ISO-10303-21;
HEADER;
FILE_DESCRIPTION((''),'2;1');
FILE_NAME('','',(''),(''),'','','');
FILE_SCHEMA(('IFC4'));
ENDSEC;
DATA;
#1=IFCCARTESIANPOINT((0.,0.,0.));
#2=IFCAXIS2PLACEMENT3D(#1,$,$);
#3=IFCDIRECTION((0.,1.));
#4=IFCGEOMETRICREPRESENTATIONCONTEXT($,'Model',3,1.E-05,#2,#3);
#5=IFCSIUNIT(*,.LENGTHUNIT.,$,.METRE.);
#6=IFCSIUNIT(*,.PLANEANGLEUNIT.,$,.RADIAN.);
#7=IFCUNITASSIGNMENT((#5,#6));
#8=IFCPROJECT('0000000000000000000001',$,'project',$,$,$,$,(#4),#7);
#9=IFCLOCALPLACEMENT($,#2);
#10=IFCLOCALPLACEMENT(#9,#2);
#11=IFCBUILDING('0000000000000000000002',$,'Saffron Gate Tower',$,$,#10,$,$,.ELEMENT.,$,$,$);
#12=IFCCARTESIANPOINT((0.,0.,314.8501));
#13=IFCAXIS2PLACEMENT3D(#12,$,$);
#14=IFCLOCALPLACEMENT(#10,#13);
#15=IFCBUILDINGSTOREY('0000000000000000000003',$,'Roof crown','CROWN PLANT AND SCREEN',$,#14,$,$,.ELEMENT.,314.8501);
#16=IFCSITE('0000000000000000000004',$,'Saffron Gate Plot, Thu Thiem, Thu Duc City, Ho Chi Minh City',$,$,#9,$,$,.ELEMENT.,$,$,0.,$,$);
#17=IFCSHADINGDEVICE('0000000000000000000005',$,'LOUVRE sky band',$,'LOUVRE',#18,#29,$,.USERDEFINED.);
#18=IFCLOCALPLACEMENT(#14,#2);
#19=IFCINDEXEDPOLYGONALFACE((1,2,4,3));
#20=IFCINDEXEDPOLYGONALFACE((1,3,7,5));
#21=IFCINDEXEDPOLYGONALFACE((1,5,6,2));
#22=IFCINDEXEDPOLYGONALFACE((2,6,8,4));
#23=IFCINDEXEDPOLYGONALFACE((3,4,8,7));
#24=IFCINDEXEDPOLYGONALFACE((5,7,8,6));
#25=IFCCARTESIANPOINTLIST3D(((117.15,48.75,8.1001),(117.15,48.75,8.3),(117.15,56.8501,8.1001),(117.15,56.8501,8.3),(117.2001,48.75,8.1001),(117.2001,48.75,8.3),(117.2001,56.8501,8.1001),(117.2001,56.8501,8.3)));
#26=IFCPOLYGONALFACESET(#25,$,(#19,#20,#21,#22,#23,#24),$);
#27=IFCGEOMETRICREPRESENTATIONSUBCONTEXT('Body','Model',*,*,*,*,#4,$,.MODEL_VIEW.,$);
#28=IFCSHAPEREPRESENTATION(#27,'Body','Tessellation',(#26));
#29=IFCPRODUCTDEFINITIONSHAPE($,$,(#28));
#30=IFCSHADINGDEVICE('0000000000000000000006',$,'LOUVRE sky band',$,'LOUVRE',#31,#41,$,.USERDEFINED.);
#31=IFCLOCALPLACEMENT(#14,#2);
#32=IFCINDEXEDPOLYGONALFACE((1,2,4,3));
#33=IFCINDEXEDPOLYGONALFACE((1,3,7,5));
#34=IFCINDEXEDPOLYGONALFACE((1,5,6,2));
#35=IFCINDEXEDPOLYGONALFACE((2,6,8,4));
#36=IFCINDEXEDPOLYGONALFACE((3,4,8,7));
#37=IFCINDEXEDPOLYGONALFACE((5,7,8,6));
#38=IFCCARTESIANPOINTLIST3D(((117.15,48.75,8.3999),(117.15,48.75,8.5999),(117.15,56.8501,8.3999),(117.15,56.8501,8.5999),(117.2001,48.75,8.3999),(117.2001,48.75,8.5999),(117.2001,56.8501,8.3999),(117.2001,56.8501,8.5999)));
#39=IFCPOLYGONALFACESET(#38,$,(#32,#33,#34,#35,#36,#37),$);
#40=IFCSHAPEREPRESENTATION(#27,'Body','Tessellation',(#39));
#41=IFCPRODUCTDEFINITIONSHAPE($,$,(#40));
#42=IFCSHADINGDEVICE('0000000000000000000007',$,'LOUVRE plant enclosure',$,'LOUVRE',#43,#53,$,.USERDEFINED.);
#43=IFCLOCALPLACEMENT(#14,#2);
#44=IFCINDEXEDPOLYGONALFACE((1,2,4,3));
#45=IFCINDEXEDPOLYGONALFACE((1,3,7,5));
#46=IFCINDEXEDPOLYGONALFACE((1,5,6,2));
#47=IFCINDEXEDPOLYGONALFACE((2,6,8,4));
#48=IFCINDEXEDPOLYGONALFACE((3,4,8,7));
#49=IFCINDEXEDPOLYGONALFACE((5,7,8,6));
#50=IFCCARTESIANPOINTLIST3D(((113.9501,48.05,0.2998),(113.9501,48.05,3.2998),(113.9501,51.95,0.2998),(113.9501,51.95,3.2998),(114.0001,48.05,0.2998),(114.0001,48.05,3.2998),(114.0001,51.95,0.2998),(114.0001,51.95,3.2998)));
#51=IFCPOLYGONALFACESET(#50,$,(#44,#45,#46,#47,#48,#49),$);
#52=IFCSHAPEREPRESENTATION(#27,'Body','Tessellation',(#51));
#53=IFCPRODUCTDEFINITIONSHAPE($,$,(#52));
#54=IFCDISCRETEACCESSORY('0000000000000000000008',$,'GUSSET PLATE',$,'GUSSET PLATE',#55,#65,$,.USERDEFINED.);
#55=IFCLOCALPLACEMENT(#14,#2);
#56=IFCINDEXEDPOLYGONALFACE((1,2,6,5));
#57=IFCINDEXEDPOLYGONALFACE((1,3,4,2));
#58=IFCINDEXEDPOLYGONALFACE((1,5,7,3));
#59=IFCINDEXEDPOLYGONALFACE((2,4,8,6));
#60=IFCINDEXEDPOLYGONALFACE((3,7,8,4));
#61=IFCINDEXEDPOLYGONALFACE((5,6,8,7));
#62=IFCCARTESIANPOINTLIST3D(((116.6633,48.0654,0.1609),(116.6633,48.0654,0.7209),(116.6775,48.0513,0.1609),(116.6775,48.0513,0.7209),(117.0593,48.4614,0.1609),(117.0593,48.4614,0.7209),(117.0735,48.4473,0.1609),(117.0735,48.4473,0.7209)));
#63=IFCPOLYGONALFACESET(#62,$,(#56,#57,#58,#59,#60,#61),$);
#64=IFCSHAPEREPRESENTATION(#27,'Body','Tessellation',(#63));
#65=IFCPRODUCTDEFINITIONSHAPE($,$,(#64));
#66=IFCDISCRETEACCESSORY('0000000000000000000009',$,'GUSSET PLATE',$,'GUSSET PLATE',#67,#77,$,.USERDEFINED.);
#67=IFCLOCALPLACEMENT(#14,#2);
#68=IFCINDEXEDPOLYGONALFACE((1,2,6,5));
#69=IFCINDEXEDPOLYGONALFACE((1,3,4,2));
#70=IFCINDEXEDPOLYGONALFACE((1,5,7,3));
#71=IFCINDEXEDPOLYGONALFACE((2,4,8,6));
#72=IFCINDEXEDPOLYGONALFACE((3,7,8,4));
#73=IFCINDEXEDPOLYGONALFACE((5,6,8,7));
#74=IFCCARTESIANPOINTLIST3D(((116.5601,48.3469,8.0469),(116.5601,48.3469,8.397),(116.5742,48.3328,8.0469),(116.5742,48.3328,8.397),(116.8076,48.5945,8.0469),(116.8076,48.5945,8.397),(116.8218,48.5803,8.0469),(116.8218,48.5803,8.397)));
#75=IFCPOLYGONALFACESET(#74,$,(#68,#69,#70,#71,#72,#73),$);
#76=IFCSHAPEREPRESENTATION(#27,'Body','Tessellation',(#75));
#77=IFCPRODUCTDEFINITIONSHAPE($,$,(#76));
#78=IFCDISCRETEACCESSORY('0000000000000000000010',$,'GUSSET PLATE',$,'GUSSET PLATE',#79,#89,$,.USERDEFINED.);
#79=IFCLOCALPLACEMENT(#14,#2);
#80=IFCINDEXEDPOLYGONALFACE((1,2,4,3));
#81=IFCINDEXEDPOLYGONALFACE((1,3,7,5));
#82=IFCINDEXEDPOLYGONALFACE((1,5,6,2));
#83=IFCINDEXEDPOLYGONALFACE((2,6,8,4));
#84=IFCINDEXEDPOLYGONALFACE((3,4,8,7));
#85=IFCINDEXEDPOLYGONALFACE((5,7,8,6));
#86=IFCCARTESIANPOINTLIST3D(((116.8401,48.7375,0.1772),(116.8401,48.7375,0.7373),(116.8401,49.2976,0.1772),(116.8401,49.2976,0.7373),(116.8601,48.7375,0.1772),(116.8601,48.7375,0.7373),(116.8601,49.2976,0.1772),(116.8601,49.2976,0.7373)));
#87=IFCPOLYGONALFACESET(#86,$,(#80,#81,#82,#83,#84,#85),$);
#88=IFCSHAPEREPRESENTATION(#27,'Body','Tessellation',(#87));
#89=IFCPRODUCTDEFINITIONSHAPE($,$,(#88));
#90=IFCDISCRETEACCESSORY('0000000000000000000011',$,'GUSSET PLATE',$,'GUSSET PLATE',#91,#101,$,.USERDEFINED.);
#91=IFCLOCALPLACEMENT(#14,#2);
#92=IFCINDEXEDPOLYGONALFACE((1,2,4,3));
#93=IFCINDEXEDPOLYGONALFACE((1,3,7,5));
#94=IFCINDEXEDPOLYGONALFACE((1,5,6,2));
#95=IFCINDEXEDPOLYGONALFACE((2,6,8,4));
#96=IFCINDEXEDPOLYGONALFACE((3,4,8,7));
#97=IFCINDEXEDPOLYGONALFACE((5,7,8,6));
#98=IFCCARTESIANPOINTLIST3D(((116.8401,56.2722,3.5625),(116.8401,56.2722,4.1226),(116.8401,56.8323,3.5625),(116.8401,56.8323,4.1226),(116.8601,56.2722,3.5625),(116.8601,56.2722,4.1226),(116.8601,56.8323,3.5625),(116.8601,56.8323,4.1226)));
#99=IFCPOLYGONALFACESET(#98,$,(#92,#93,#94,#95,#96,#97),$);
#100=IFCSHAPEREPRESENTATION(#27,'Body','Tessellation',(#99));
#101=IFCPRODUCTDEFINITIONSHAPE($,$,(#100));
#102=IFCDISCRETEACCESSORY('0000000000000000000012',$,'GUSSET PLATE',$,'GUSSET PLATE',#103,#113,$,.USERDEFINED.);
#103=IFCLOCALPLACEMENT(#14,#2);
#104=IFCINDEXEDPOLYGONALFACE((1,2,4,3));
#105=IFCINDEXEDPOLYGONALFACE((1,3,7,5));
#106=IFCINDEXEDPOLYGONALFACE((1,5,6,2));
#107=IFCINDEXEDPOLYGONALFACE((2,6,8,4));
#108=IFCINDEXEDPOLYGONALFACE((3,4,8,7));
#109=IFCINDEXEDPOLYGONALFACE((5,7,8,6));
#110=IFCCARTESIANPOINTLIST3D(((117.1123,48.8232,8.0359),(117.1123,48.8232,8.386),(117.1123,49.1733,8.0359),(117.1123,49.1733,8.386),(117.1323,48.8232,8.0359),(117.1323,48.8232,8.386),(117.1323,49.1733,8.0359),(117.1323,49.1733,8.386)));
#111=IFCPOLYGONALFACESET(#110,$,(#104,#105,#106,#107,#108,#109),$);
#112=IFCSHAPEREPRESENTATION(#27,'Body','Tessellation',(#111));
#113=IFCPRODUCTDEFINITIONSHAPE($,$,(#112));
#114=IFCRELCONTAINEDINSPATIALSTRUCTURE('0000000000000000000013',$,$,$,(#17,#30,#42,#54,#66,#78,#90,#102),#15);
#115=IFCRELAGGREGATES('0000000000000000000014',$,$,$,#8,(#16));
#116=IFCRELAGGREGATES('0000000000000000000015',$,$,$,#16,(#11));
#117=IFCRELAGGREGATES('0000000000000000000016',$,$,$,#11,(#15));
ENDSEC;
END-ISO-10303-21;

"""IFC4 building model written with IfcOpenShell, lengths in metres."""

from ifc_helpers import new_model, si_unit, direction, frame, origin, origin_2d, place, context, subcontext, project, spatial, rectangle, extrude, element, save


model = new_model("IFC4")

# Units and contexts
model_context = context("Model", 3, precision=1e-05, world=origin(), true_north=direction((0.0, 1.0)))
body_context = subcontext(model_context, "Body", "Model", "MODEL_VIEW")
ifc_project = project(units=[si_unit("LENGTHUNIT", "METRE"), si_unit("PLANEANGLEUNIT", "RADIAN")], contexts=[model_context])

# Site, building, storey
site_placement = place(None, origin())
site = spatial("IfcSite", under=ifc_project, at=site_placement, Name="Saffron Gate Plot, Thu Thiem, Thu Duc City, Ho Chi Minh City", CompositionType="ELEMENT", RefElevation=0.0)
building_placement = place(site_placement, origin())
building = spatial("IfcBuilding", under=site, at=building_placement, Name="Saffron Gate Tower", CompositionType="ELEMENT")
storey_placement = place(building_placement, frame((0.0, 0.0, 314.8501)))
storey = spatial("IfcBuildingStorey", under=building, at=storey_placement, Name="Roof crown", Description="CROWN PLANT AND SCREEN", CompositionType="ELEMENT", Elevation=314.8501)

# Shading devices
for number, where, z_axis, x_axis, name in (
    (1, (117.175, 52.8, 8.1001), (0.0, 0.0, 1.0), (0.0, 1.0, 0.0), "LOUVRE sky band"),
    (2, (117.175, 52.8, 8.3999), (0.0, 0.0, 1.0), (0.0, 1.0, 0.0), "LOUVRE sky band"),
):
    element("IfcShadingDevice", number, at=place(storey_placement, frame(where, z_axis=z_axis, x_axis=x_axis)), inside=storey, Name=name, ObjectType="LOUVRE", PredefinedType="USERDEFINED", context=body_context, shape_type="SweptSolid", body=[
        extrude(rectangle(XDim=8.1001, YDim=0.05, at=origin_2d()), origin(), (0.0, 0.0, 1.0), 0.2),
    ])
shading_device_placement = place(storey_placement, frame((113.9751, 50.0, 0.2998), z_axis=(0.0, 0.0, 1.0), x_axis=(1.0, 0.0, 0.0)))
element("IfcShadingDevice", 3, at=shading_device_placement, inside=storey, Name="LOUVRE plant enclosure", ObjectType="LOUVRE", PredefinedType="USERDEFINED", context=body_context, shape_type="SweptSolid", body=[
    extrude(rectangle(XDim=0.05, YDim=3.8999, at=origin_2d()), origin(), (0.0, 0.0, 1.0), 3.0),
])

# Discrete accessories
discrete_accessory_1_placement = place(storey_placement, frame((116.8684, 48.2563, 0.1609), z_axis=(0.0, 0.0, 1.0), x_axis=(-0.707107, -0.707107, 0.0)))
element("IfcDiscreteAccessory", 4, at=discrete_accessory_1_placement, inside=storey, Name="GUSSET PLATE", ObjectType="GUSSET PLATE", PredefinedType="USERDEFINED", context=body_context, shape_type="SweptSolid", body=[
    extrude(rectangle(XDim=0.5601, YDim=0.02, at=origin_2d()), origin(), (0.0, 0.0, 1.0), 0.5601),
])
discrete_accessory_2_placement = place(storey_placement, frame((116.6909, 48.4636, 8.0469), z_axis=(0.0, 0.0, 1.0), x_axis=(0.707107, 0.707107, 0.0)))
element("IfcDiscreteAccessory", 5, at=discrete_accessory_2_placement, inside=storey, Name="GUSSET PLATE", ObjectType="GUSSET PLATE", PredefinedType="USERDEFINED", context=body_context, shape_type="SweptSolid", body=[
    extrude(rectangle(XDim=0.3501, YDim=0.02, at=origin_2d()), origin(), (0.0, 0.0, 1.0), 0.3501),
])
for number, where, z_axis, x_axis, name in (
    (6, (116.8501, 49.0176, 0.1772), (0.0, 0.0, 1.0), (0.0, 1.0, 0.0), "GUSSET PLATE"),
    (7, (116.8501, 56.5522, 3.5625), (0.0, 0.0, 1.0), (0.0, 1.0, 0.0), "GUSSET PLATE"),
):
    element("IfcDiscreteAccessory", number, at=place(storey_placement, frame(where, z_axis=z_axis, x_axis=x_axis)), inside=storey, Name=name, ObjectType="GUSSET PLATE", PredefinedType="USERDEFINED", context=body_context, shape_type="SweptSolid", body=[
        extrude(rectangle(XDim=0.5601, YDim=0.02, at=origin_2d()), origin(), (0.0, 0.0, 1.0), 0.5601),
    ])
discrete_accessory_3_placement = place(storey_placement, frame((117.1223, 48.9983, 8.0359), z_axis=(0.0, 0.0, 1.0), x_axis=(0.0, -1.0, 0.0)))
element("IfcDiscreteAccessory", 8, at=discrete_accessory_3_placement, inside=storey, Name="GUSSET PLATE", ObjectType="GUSSET PLATE", PredefinedType="USERDEFINED", context=body_context, shape_type="SweptSolid", body=[
    extrude(rectangle(XDim=0.3501, YDim=0.02, at=origin_2d()), origin(), (0.0, 0.0, 1.0), 0.3501),
])

save(model, "model.ifc")
